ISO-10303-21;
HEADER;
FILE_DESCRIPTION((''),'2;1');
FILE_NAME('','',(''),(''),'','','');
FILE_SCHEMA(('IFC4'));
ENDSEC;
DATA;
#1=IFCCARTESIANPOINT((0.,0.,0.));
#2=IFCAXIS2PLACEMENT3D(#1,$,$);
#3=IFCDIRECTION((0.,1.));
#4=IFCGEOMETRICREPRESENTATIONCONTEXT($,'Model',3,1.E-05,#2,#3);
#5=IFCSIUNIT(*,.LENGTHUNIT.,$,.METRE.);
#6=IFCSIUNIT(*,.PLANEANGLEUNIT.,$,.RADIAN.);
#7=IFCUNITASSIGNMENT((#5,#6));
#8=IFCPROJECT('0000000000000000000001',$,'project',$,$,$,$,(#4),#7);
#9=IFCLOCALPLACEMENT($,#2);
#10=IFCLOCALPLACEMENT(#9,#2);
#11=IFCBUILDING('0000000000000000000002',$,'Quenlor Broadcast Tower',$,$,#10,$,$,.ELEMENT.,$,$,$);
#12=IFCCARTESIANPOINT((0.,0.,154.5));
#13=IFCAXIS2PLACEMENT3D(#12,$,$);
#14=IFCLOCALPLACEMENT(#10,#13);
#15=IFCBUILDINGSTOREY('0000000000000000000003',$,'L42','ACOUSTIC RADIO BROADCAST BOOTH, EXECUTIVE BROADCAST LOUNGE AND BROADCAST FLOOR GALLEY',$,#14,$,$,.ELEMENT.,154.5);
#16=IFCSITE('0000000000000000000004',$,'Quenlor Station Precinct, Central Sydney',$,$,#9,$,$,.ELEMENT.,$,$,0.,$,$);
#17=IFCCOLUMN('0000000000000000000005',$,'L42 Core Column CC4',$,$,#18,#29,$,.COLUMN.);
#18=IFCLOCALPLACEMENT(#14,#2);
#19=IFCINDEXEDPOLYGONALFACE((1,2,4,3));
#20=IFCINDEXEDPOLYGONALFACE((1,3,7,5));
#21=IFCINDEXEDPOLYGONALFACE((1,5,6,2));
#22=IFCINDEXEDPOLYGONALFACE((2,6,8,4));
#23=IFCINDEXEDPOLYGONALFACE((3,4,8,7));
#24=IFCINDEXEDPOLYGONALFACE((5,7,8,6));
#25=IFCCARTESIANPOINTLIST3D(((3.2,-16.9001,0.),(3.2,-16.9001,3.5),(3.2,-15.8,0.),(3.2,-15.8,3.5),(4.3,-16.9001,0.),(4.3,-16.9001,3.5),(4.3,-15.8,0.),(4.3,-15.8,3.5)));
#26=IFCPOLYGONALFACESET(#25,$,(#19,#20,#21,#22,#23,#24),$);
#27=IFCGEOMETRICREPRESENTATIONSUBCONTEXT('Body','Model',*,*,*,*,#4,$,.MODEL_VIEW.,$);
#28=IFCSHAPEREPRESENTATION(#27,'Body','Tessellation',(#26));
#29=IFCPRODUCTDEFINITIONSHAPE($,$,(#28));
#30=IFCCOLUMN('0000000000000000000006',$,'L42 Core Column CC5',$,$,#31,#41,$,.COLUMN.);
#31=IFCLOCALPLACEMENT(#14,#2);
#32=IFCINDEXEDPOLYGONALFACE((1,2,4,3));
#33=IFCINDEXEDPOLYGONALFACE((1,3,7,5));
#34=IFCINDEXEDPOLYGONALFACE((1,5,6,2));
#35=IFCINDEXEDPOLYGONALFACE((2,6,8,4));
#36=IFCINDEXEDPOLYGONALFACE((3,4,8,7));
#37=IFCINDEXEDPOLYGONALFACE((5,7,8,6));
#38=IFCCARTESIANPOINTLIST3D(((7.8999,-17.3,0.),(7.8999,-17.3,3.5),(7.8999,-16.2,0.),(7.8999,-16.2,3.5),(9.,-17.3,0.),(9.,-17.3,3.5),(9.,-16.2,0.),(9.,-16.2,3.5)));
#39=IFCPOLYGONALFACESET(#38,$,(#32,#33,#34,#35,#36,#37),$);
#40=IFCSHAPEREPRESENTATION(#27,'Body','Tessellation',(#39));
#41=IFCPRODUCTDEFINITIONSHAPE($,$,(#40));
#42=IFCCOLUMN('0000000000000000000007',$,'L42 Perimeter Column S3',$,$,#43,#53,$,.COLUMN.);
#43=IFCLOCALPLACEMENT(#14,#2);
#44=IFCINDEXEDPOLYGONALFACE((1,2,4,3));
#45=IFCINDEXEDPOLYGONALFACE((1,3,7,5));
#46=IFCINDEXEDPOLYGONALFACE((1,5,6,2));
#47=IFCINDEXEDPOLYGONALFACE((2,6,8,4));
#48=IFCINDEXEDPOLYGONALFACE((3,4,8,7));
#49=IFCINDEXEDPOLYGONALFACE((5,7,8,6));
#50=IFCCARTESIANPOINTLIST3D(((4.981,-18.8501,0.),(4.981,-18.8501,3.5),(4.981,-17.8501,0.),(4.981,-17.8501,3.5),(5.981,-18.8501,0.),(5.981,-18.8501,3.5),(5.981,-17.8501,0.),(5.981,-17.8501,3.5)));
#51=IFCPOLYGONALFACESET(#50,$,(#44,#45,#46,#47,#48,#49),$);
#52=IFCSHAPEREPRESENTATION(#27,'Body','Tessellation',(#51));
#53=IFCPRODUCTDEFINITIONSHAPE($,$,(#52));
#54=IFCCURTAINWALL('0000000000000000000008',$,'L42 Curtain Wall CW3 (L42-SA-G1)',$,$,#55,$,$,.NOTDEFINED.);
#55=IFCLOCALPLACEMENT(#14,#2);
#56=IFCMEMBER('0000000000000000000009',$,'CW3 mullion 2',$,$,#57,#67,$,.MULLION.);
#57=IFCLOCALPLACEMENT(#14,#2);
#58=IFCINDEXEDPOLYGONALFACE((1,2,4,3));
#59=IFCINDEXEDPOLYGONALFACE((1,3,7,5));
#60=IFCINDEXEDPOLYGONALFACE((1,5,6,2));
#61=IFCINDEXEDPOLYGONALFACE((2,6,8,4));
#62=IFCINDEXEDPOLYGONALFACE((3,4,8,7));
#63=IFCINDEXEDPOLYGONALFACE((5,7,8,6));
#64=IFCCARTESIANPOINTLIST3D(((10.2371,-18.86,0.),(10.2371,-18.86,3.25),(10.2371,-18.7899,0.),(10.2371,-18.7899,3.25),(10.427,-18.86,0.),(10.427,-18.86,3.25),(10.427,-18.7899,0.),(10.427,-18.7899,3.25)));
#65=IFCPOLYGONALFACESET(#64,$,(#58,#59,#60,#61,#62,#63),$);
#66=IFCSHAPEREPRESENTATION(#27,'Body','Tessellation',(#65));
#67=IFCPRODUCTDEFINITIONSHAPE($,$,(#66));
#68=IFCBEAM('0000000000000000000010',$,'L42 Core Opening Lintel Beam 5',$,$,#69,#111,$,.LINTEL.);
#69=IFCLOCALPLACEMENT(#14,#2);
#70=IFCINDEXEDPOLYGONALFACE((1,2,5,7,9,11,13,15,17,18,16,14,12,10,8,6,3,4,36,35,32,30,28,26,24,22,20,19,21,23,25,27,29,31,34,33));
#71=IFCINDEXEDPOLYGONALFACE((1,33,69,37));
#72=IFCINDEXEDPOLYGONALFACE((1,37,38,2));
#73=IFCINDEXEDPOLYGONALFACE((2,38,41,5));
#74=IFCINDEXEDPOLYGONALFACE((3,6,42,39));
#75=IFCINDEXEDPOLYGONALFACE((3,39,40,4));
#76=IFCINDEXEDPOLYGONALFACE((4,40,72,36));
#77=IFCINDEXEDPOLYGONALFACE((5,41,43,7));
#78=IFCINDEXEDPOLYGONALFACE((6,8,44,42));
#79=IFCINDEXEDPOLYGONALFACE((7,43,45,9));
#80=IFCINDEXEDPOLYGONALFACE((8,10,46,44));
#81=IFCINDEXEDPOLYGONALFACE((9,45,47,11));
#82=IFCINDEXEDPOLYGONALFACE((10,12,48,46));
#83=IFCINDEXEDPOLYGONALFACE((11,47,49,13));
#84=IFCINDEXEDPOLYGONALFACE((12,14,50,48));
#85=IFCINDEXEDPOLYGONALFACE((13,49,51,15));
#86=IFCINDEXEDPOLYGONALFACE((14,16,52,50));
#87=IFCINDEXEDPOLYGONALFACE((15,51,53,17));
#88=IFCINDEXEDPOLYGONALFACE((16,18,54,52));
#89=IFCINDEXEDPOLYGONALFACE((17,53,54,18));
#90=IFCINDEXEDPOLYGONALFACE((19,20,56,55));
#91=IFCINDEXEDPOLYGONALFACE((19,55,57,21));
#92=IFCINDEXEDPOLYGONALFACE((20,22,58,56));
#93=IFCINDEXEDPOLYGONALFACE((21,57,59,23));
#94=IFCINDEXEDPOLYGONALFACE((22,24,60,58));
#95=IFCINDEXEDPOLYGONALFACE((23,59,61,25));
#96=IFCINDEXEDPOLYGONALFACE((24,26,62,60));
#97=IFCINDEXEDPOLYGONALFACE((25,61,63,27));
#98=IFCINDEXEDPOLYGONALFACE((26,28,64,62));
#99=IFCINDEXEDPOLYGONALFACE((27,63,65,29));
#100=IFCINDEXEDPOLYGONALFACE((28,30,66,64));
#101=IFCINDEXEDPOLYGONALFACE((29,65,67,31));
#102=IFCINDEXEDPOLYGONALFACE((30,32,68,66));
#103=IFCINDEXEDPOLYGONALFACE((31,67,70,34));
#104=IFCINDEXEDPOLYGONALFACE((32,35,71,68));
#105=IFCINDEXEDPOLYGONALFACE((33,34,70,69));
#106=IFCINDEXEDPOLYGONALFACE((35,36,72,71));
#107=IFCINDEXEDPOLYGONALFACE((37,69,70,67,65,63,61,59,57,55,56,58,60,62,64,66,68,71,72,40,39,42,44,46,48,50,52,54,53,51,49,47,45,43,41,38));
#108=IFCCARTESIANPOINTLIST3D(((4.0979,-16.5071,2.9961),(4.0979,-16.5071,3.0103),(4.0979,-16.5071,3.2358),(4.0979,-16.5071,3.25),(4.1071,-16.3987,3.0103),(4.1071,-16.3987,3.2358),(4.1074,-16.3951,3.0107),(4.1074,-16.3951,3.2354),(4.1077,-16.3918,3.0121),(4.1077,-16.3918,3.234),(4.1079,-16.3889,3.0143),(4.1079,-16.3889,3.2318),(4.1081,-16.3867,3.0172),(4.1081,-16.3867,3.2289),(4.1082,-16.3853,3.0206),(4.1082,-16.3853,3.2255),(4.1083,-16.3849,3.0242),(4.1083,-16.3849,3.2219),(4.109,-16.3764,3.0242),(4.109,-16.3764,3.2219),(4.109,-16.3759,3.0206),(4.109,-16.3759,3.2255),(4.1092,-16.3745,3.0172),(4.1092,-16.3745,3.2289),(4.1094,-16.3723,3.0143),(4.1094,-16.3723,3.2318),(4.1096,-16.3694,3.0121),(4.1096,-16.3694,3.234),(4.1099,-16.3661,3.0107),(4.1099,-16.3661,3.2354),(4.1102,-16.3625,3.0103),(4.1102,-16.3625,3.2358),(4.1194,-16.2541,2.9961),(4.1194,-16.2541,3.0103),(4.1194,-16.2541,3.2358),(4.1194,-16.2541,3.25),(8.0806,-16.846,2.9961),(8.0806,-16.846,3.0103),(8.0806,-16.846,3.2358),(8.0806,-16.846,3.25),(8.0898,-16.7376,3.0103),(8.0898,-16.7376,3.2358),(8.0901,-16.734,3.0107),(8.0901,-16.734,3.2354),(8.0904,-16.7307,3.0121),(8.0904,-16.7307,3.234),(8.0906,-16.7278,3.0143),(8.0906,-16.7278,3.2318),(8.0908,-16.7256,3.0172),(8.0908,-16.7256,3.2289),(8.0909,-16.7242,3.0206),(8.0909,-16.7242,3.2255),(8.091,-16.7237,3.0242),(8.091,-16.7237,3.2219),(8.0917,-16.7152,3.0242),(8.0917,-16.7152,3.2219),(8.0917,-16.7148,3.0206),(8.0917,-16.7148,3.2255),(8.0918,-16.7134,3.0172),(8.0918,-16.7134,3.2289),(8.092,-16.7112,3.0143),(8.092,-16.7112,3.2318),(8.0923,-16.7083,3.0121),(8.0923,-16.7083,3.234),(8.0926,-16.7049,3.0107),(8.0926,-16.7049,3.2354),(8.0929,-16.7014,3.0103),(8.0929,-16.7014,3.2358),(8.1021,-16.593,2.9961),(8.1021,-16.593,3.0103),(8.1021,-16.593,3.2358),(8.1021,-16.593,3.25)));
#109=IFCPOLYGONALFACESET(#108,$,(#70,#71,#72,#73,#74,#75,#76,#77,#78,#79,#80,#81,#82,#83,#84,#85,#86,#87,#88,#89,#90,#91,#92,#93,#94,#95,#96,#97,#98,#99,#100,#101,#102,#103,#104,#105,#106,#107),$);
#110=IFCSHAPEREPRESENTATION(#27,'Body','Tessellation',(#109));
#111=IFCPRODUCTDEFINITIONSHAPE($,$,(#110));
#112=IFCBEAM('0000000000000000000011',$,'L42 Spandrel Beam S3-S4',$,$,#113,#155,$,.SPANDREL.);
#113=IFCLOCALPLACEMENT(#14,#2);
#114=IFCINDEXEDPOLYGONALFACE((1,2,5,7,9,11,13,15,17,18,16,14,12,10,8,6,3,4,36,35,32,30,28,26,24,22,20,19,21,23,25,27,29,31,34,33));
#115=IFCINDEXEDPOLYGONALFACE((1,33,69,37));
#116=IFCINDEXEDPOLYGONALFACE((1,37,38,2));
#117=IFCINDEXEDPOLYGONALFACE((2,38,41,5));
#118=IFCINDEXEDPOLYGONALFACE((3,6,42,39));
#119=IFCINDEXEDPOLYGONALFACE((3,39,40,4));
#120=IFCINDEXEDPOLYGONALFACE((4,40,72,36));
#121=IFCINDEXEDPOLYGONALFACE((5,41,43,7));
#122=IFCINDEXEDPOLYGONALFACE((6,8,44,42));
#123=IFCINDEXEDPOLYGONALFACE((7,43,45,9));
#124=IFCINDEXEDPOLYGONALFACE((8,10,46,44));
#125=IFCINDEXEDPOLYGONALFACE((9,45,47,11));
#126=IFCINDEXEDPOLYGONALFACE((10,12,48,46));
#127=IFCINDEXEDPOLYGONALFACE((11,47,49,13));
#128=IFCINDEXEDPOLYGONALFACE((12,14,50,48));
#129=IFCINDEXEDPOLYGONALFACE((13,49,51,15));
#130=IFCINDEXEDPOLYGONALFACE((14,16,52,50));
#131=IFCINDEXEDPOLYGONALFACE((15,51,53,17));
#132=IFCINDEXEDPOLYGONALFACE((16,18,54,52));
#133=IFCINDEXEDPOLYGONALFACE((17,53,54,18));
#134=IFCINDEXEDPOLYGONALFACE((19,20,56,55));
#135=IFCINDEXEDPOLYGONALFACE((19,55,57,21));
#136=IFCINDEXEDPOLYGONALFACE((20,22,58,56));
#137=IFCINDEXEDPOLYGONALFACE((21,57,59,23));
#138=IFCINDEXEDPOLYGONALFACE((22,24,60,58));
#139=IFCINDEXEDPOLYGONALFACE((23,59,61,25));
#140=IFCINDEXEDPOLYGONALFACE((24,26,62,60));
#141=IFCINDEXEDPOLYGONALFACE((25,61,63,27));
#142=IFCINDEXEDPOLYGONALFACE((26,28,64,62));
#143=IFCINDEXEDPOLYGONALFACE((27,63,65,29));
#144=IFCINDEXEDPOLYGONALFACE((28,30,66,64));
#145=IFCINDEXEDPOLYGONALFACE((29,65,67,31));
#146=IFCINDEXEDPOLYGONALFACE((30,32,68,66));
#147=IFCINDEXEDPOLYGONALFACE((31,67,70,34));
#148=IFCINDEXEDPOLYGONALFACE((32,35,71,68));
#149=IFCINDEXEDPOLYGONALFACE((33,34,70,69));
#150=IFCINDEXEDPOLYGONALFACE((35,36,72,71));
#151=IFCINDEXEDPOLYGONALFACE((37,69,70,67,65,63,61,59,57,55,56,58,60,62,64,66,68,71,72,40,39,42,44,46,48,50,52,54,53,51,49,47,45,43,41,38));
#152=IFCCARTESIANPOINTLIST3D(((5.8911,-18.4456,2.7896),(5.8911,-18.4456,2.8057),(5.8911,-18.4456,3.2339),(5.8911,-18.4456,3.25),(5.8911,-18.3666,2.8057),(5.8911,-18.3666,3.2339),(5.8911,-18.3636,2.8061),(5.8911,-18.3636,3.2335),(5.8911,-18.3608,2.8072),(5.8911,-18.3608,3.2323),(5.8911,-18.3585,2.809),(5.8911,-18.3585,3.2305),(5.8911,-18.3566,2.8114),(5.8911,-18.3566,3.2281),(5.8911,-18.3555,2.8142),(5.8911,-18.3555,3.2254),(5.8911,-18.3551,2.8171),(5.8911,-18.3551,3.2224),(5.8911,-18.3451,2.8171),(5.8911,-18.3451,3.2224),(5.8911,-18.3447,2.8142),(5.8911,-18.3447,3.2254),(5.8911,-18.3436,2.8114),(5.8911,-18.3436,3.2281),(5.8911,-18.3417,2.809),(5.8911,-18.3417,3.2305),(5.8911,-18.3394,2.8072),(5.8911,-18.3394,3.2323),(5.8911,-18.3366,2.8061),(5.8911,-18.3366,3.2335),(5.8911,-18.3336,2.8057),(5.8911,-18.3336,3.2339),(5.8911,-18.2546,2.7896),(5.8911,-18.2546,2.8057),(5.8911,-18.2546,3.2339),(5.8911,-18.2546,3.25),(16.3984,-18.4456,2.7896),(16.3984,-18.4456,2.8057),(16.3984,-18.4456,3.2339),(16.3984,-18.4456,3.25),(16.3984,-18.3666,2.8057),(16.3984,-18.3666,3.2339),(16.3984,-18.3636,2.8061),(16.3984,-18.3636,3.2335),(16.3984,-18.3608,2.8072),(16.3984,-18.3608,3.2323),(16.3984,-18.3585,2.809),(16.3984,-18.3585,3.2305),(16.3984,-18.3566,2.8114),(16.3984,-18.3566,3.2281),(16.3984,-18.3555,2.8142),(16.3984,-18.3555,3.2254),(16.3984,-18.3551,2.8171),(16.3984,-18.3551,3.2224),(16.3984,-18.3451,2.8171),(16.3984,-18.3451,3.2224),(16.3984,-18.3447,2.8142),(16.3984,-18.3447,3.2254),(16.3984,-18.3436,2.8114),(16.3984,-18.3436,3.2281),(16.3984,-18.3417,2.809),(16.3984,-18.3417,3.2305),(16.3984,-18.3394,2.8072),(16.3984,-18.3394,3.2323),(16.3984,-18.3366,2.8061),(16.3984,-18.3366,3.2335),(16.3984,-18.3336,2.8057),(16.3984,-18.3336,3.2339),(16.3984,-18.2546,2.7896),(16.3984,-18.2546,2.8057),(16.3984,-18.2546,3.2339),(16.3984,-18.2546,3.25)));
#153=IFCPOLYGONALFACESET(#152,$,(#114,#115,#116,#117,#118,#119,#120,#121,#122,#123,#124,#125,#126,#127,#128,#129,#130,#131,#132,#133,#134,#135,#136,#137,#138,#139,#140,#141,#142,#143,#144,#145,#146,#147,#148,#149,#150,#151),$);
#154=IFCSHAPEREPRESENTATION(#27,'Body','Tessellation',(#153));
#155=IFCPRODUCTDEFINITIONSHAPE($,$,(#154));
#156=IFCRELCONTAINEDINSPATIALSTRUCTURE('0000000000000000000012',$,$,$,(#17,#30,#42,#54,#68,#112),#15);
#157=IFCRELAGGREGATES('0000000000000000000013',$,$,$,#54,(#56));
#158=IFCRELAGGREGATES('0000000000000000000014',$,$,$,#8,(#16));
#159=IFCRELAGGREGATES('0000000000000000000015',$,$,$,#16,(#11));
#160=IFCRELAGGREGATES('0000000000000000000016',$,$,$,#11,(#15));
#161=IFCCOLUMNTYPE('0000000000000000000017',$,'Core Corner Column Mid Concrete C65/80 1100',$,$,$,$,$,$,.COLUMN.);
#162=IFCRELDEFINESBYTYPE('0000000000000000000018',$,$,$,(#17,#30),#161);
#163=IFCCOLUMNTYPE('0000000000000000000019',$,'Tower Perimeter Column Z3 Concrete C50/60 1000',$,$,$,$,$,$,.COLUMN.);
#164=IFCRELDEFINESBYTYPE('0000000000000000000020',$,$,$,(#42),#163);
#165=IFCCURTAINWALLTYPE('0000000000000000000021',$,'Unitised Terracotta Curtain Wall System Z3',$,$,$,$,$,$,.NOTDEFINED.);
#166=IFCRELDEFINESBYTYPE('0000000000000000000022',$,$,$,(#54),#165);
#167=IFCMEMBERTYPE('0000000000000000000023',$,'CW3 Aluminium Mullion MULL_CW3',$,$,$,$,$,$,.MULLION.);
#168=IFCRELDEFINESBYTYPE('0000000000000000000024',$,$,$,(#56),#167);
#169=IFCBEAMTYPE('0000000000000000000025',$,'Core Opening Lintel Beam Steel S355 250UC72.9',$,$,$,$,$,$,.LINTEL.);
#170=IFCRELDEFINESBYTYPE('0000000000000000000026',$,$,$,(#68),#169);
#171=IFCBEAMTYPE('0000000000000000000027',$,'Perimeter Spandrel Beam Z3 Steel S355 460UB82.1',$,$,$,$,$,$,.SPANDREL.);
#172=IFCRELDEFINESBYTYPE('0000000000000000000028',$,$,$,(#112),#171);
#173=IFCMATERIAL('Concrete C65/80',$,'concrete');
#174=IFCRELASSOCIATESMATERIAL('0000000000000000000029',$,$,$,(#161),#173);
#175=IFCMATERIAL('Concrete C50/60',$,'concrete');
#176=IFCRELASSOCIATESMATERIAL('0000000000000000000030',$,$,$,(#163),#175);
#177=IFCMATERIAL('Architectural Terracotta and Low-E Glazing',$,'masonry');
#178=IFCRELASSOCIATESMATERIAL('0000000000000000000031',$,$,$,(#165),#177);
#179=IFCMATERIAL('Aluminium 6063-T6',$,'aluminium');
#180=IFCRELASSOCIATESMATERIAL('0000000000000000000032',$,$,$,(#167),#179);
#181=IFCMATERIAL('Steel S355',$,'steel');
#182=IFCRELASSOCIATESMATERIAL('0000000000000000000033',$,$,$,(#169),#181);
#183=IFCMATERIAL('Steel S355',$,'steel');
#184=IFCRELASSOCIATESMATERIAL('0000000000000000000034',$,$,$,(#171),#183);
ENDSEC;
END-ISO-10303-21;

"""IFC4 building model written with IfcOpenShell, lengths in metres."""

from ifc_helpers import new_model, si_unit, direction, frame, origin, origin_2d, place, context, subcontext, project, spatial, rectangle, i_section, extrude, material, material_profile, profile_set, type_object, element, aggregate, save


model = new_model("IFC4")

# Units and contexts
model_context = context("Model", 3, precision=1e-05, world=origin(), true_north=direction((0.0, 1.0)))
body_context = subcontext(model_context, "Body", "Model", "MODEL_VIEW")
ifc_project = project(units=[si_unit("LENGTHUNIT", "METRE"), si_unit("PLANEANGLEUNIT", "RADIAN")], contexts=[model_context])

# Site, building, storey
site_placement = place(None, origin())
site = spatial("IfcSite", under=ifc_project, at=site_placement, Name="Quenlor Station Precinct, Central Sydney", CompositionType="ELEMENT", RefElevation=0.0)
building_placement = place(site_placement, origin())
building = spatial("IfcBuilding", under=site, at=building_placement, Name="Quenlor Broadcast Tower", CompositionType="ELEMENT")
storey_placement = place(building_placement, frame((0.0, 0.0, 154.5)))
storey = spatial("IfcBuildingStorey", under=building, at=storey_placement, Name="L42", Description="ACOUSTIC RADIO BROADCAST BOOTH, EXECUTIVE BROADCAST LOUNGE AND BROADCAST FLOOR GALLEY", CompositionType="ELEMENT", Elevation=154.5)

# Columns
ifc_material_1 = material(Name="Concrete C65/80", Category="concrete")
ifc_material_profile_1 = material_profile(ifc_material_1, rectangle(XDim=1.1001, YDim=1.1001, at=origin_2d()))
ifc_profile_set_1 = profile_set([ifc_material_profile_1], Name="Concrete C65/80 RC1100x1100")
column_type_1 = type_object("IfcColumnType", Name="Core Corner Column Mid Concrete C65/80 1100", PredefinedType="COLUMN", material=ifc_profile_set_1)
for number, where, z_axis, x_axis, name in (
    (1, (3.75, -16.3501, 0.0), (0.0, 0.0, 1.0), (1.0, 0.0, 0.0), "L42 Core Column CC4"),
    (2, (8.45, -16.75, 0.0), (0.0, 0.0, 1.0), (1.0, 0.0, 0.0), "L42 Core Column CC5"),
):
    element("IfcColumn", number, at=place(storey_placement, frame(where, z_axis=z_axis, x_axis=x_axis)), inside=storey, type_object=column_type_1, Name=name, PredefinedType="COLUMN", context=body_context, shape_type="SweptSolid", body=[
        extrude(rectangle(XDim=1.1001, YDim=1.1001, at=origin_2d()), origin(), (0.0, 0.0, 1.0), 3.5),
    ])
ifc_material_2 = material(Name="Concrete C50/60", Category="concrete")
ifc_material_profile_2 = material_profile(ifc_material_2, rectangle(XDim=1.0, YDim=1.0, at=origin_2d()))
ifc_profile_set_2 = profile_set([ifc_material_profile_2], Name="Concrete C50/60 RC1000x1000")
column_type_2 = type_object("IfcColumnType", Name="Tower Perimeter Column Z3 Concrete C50/60 1000", PredefinedType="COLUMN", material=ifc_profile_set_2)
column_placement = place(storey_placement, frame((5.481, -18.3501, 0.0), z_axis=(0.0, 0.0, 1.0), x_axis=(0.0, 1.0, 0.0)))
element("IfcColumn", 3, at=column_placement, inside=storey, type_object=column_type_2, Name="L42 Perimeter Column S3", PredefinedType="COLUMN", context=body_context, shape_type="SweptSolid", body=[
    extrude(rectangle(XDim=1.0, YDim=1.0, at=origin_2d()), origin(), (0.0, 0.0, 1.0), 3.5),
])

# Curtain wall, member
ifc_material_3 = material(Name="Architectural Terracotta and Low-E Glazing", Category="masonry")
curtain_wall_type = type_object("IfcCurtainWallType", Name="Unitised Terracotta Curtain Wall System Z3", PredefinedType="NOTDEFINED", material=ifc_material_3)
curtain_wall_placement = place(storey_placement, origin())
curtain_wall = element("IfcCurtainWall", 4, at=curtain_wall_placement, inside=storey, type_object=curtain_wall_type, Name="L42 Curtain Wall CW3 (L42-SA-G1)", PredefinedType="NOTDEFINED")
ifc_material_4 = material(Name="Aluminium 6063-T6", Category="aluminium")
ifc_material_profile_3 = material_profile(ifc_material_4, rectangle(XDim=0.0701, YDim=0.1899, at=origin_2d()))
ifc_profile_set_3 = profile_set([ifc_material_profile_3], Name="Aluminium 6063-T6 MULL70x190")
member_type = type_object("IfcMemberType", Name="CW3 Aluminium Mullion MULL_CW3", PredefinedType="MULLION", material=ifc_profile_set_3)
member_placement = place(storey_placement, frame((10.332, -18.825, 0.0), z_axis=(0.0, 0.0, 1.0), x_axis=(0.0, -1.0, 0.0)))
member = element("IfcMember", 5, at=member_placement, type_object=member_type, Name="CW3 mullion 2", PredefinedType="MULLION", context=body_context, shape_type="SweptSolid", body=[
    extrude(rectangle(XDim=0.0701, YDim=0.1899, at=origin_2d()), origin(), (0.0, 0.0, 1.0), 3.25),
])

# Beams
ifc_material_5 = material(Name="Steel S355", Category="steel")
ifc_material_profile_4 = material_profile(ifc_material_5, i_section(OverallWidth=0.2539, OverallDepth=0.2539, WebThickness=0.0085, FlangeThickness=0.0142, FilletRadius=0.0139, at=origin_2d()))
ifc_profile_set_4 = profile_set([ifc_material_profile_4], Name="Steel S355 250UC72.9")
beam_type_1 = type_object("IfcBeamType", Name="Core Opening Lintel Beam Steel S355 250UC72.9", PredefinedType="LINTEL", material=ifc_profile_set_4)
beam_1_placement = place(storey_placement, frame((4.1086, -16.3806, 3.123), z_axis=(0.9964, -0.084779, 0.0), x_axis=(0.084779, 0.9964, 0.0)))
element("IfcBeam", 6, at=beam_1_placement, inside=storey, type_object=beam_type_1, Name="L42 Core Opening Lintel Beam 5", PredefinedType="LINTEL", context=body_context, shape_type="SweptSolid", body=[
    extrude(i_section(OverallWidth=0.2539, OverallDepth=0.2539, WebThickness=0.0085, FlangeThickness=0.0142, FilletRadius=0.0139, at=origin_2d()), origin(), (0.0, 0.0, 1.0), 3.9971),
])
ifc_material_6 = material(Name="Steel S355", Category="steel")
ifc_material_profile_5 = material_profile(ifc_material_6, i_section(OverallWidth=0.1909, OverallDepth=0.4604, WebThickness=0.01, FlangeThickness=0.0161, FilletRadius=0.0115, at=origin_2d()))
ifc_profile_set_5 = profile_set([ifc_material_profile_5], Name="Steel S355 460UB82.1")
beam_type_2 = type_object("IfcBeamType", Name="Perimeter Spandrel Beam Z3 Steel S355 460UB82.1", PredefinedType="SPANDREL", material=ifc_profile_set_5)
beam_2_placement = place(storey_placement, frame((5.8911, -18.3501, 3.0198), z_axis=(1.0, 0.0, 0.0), x_axis=(0.0, 1.0, 0.0)))
element("IfcBeam", 7, at=beam_2_placement, inside=storey, type_object=beam_type_2, Name="L42 Spandrel Beam S3-S4", PredefinedType="SPANDREL", context=body_context, shape_type="SweptSolid", body=[
    extrude(i_section(OverallWidth=0.1909, OverallDepth=0.4604, WebThickness=0.01, FlangeThickness=0.0161, FilletRadius=0.0115, at=origin_2d()), origin(), (0.0, 0.0, 1.0), 10.5073),
])

aggregate(curtain_wall, [member])

save(model, "model.ifc")
